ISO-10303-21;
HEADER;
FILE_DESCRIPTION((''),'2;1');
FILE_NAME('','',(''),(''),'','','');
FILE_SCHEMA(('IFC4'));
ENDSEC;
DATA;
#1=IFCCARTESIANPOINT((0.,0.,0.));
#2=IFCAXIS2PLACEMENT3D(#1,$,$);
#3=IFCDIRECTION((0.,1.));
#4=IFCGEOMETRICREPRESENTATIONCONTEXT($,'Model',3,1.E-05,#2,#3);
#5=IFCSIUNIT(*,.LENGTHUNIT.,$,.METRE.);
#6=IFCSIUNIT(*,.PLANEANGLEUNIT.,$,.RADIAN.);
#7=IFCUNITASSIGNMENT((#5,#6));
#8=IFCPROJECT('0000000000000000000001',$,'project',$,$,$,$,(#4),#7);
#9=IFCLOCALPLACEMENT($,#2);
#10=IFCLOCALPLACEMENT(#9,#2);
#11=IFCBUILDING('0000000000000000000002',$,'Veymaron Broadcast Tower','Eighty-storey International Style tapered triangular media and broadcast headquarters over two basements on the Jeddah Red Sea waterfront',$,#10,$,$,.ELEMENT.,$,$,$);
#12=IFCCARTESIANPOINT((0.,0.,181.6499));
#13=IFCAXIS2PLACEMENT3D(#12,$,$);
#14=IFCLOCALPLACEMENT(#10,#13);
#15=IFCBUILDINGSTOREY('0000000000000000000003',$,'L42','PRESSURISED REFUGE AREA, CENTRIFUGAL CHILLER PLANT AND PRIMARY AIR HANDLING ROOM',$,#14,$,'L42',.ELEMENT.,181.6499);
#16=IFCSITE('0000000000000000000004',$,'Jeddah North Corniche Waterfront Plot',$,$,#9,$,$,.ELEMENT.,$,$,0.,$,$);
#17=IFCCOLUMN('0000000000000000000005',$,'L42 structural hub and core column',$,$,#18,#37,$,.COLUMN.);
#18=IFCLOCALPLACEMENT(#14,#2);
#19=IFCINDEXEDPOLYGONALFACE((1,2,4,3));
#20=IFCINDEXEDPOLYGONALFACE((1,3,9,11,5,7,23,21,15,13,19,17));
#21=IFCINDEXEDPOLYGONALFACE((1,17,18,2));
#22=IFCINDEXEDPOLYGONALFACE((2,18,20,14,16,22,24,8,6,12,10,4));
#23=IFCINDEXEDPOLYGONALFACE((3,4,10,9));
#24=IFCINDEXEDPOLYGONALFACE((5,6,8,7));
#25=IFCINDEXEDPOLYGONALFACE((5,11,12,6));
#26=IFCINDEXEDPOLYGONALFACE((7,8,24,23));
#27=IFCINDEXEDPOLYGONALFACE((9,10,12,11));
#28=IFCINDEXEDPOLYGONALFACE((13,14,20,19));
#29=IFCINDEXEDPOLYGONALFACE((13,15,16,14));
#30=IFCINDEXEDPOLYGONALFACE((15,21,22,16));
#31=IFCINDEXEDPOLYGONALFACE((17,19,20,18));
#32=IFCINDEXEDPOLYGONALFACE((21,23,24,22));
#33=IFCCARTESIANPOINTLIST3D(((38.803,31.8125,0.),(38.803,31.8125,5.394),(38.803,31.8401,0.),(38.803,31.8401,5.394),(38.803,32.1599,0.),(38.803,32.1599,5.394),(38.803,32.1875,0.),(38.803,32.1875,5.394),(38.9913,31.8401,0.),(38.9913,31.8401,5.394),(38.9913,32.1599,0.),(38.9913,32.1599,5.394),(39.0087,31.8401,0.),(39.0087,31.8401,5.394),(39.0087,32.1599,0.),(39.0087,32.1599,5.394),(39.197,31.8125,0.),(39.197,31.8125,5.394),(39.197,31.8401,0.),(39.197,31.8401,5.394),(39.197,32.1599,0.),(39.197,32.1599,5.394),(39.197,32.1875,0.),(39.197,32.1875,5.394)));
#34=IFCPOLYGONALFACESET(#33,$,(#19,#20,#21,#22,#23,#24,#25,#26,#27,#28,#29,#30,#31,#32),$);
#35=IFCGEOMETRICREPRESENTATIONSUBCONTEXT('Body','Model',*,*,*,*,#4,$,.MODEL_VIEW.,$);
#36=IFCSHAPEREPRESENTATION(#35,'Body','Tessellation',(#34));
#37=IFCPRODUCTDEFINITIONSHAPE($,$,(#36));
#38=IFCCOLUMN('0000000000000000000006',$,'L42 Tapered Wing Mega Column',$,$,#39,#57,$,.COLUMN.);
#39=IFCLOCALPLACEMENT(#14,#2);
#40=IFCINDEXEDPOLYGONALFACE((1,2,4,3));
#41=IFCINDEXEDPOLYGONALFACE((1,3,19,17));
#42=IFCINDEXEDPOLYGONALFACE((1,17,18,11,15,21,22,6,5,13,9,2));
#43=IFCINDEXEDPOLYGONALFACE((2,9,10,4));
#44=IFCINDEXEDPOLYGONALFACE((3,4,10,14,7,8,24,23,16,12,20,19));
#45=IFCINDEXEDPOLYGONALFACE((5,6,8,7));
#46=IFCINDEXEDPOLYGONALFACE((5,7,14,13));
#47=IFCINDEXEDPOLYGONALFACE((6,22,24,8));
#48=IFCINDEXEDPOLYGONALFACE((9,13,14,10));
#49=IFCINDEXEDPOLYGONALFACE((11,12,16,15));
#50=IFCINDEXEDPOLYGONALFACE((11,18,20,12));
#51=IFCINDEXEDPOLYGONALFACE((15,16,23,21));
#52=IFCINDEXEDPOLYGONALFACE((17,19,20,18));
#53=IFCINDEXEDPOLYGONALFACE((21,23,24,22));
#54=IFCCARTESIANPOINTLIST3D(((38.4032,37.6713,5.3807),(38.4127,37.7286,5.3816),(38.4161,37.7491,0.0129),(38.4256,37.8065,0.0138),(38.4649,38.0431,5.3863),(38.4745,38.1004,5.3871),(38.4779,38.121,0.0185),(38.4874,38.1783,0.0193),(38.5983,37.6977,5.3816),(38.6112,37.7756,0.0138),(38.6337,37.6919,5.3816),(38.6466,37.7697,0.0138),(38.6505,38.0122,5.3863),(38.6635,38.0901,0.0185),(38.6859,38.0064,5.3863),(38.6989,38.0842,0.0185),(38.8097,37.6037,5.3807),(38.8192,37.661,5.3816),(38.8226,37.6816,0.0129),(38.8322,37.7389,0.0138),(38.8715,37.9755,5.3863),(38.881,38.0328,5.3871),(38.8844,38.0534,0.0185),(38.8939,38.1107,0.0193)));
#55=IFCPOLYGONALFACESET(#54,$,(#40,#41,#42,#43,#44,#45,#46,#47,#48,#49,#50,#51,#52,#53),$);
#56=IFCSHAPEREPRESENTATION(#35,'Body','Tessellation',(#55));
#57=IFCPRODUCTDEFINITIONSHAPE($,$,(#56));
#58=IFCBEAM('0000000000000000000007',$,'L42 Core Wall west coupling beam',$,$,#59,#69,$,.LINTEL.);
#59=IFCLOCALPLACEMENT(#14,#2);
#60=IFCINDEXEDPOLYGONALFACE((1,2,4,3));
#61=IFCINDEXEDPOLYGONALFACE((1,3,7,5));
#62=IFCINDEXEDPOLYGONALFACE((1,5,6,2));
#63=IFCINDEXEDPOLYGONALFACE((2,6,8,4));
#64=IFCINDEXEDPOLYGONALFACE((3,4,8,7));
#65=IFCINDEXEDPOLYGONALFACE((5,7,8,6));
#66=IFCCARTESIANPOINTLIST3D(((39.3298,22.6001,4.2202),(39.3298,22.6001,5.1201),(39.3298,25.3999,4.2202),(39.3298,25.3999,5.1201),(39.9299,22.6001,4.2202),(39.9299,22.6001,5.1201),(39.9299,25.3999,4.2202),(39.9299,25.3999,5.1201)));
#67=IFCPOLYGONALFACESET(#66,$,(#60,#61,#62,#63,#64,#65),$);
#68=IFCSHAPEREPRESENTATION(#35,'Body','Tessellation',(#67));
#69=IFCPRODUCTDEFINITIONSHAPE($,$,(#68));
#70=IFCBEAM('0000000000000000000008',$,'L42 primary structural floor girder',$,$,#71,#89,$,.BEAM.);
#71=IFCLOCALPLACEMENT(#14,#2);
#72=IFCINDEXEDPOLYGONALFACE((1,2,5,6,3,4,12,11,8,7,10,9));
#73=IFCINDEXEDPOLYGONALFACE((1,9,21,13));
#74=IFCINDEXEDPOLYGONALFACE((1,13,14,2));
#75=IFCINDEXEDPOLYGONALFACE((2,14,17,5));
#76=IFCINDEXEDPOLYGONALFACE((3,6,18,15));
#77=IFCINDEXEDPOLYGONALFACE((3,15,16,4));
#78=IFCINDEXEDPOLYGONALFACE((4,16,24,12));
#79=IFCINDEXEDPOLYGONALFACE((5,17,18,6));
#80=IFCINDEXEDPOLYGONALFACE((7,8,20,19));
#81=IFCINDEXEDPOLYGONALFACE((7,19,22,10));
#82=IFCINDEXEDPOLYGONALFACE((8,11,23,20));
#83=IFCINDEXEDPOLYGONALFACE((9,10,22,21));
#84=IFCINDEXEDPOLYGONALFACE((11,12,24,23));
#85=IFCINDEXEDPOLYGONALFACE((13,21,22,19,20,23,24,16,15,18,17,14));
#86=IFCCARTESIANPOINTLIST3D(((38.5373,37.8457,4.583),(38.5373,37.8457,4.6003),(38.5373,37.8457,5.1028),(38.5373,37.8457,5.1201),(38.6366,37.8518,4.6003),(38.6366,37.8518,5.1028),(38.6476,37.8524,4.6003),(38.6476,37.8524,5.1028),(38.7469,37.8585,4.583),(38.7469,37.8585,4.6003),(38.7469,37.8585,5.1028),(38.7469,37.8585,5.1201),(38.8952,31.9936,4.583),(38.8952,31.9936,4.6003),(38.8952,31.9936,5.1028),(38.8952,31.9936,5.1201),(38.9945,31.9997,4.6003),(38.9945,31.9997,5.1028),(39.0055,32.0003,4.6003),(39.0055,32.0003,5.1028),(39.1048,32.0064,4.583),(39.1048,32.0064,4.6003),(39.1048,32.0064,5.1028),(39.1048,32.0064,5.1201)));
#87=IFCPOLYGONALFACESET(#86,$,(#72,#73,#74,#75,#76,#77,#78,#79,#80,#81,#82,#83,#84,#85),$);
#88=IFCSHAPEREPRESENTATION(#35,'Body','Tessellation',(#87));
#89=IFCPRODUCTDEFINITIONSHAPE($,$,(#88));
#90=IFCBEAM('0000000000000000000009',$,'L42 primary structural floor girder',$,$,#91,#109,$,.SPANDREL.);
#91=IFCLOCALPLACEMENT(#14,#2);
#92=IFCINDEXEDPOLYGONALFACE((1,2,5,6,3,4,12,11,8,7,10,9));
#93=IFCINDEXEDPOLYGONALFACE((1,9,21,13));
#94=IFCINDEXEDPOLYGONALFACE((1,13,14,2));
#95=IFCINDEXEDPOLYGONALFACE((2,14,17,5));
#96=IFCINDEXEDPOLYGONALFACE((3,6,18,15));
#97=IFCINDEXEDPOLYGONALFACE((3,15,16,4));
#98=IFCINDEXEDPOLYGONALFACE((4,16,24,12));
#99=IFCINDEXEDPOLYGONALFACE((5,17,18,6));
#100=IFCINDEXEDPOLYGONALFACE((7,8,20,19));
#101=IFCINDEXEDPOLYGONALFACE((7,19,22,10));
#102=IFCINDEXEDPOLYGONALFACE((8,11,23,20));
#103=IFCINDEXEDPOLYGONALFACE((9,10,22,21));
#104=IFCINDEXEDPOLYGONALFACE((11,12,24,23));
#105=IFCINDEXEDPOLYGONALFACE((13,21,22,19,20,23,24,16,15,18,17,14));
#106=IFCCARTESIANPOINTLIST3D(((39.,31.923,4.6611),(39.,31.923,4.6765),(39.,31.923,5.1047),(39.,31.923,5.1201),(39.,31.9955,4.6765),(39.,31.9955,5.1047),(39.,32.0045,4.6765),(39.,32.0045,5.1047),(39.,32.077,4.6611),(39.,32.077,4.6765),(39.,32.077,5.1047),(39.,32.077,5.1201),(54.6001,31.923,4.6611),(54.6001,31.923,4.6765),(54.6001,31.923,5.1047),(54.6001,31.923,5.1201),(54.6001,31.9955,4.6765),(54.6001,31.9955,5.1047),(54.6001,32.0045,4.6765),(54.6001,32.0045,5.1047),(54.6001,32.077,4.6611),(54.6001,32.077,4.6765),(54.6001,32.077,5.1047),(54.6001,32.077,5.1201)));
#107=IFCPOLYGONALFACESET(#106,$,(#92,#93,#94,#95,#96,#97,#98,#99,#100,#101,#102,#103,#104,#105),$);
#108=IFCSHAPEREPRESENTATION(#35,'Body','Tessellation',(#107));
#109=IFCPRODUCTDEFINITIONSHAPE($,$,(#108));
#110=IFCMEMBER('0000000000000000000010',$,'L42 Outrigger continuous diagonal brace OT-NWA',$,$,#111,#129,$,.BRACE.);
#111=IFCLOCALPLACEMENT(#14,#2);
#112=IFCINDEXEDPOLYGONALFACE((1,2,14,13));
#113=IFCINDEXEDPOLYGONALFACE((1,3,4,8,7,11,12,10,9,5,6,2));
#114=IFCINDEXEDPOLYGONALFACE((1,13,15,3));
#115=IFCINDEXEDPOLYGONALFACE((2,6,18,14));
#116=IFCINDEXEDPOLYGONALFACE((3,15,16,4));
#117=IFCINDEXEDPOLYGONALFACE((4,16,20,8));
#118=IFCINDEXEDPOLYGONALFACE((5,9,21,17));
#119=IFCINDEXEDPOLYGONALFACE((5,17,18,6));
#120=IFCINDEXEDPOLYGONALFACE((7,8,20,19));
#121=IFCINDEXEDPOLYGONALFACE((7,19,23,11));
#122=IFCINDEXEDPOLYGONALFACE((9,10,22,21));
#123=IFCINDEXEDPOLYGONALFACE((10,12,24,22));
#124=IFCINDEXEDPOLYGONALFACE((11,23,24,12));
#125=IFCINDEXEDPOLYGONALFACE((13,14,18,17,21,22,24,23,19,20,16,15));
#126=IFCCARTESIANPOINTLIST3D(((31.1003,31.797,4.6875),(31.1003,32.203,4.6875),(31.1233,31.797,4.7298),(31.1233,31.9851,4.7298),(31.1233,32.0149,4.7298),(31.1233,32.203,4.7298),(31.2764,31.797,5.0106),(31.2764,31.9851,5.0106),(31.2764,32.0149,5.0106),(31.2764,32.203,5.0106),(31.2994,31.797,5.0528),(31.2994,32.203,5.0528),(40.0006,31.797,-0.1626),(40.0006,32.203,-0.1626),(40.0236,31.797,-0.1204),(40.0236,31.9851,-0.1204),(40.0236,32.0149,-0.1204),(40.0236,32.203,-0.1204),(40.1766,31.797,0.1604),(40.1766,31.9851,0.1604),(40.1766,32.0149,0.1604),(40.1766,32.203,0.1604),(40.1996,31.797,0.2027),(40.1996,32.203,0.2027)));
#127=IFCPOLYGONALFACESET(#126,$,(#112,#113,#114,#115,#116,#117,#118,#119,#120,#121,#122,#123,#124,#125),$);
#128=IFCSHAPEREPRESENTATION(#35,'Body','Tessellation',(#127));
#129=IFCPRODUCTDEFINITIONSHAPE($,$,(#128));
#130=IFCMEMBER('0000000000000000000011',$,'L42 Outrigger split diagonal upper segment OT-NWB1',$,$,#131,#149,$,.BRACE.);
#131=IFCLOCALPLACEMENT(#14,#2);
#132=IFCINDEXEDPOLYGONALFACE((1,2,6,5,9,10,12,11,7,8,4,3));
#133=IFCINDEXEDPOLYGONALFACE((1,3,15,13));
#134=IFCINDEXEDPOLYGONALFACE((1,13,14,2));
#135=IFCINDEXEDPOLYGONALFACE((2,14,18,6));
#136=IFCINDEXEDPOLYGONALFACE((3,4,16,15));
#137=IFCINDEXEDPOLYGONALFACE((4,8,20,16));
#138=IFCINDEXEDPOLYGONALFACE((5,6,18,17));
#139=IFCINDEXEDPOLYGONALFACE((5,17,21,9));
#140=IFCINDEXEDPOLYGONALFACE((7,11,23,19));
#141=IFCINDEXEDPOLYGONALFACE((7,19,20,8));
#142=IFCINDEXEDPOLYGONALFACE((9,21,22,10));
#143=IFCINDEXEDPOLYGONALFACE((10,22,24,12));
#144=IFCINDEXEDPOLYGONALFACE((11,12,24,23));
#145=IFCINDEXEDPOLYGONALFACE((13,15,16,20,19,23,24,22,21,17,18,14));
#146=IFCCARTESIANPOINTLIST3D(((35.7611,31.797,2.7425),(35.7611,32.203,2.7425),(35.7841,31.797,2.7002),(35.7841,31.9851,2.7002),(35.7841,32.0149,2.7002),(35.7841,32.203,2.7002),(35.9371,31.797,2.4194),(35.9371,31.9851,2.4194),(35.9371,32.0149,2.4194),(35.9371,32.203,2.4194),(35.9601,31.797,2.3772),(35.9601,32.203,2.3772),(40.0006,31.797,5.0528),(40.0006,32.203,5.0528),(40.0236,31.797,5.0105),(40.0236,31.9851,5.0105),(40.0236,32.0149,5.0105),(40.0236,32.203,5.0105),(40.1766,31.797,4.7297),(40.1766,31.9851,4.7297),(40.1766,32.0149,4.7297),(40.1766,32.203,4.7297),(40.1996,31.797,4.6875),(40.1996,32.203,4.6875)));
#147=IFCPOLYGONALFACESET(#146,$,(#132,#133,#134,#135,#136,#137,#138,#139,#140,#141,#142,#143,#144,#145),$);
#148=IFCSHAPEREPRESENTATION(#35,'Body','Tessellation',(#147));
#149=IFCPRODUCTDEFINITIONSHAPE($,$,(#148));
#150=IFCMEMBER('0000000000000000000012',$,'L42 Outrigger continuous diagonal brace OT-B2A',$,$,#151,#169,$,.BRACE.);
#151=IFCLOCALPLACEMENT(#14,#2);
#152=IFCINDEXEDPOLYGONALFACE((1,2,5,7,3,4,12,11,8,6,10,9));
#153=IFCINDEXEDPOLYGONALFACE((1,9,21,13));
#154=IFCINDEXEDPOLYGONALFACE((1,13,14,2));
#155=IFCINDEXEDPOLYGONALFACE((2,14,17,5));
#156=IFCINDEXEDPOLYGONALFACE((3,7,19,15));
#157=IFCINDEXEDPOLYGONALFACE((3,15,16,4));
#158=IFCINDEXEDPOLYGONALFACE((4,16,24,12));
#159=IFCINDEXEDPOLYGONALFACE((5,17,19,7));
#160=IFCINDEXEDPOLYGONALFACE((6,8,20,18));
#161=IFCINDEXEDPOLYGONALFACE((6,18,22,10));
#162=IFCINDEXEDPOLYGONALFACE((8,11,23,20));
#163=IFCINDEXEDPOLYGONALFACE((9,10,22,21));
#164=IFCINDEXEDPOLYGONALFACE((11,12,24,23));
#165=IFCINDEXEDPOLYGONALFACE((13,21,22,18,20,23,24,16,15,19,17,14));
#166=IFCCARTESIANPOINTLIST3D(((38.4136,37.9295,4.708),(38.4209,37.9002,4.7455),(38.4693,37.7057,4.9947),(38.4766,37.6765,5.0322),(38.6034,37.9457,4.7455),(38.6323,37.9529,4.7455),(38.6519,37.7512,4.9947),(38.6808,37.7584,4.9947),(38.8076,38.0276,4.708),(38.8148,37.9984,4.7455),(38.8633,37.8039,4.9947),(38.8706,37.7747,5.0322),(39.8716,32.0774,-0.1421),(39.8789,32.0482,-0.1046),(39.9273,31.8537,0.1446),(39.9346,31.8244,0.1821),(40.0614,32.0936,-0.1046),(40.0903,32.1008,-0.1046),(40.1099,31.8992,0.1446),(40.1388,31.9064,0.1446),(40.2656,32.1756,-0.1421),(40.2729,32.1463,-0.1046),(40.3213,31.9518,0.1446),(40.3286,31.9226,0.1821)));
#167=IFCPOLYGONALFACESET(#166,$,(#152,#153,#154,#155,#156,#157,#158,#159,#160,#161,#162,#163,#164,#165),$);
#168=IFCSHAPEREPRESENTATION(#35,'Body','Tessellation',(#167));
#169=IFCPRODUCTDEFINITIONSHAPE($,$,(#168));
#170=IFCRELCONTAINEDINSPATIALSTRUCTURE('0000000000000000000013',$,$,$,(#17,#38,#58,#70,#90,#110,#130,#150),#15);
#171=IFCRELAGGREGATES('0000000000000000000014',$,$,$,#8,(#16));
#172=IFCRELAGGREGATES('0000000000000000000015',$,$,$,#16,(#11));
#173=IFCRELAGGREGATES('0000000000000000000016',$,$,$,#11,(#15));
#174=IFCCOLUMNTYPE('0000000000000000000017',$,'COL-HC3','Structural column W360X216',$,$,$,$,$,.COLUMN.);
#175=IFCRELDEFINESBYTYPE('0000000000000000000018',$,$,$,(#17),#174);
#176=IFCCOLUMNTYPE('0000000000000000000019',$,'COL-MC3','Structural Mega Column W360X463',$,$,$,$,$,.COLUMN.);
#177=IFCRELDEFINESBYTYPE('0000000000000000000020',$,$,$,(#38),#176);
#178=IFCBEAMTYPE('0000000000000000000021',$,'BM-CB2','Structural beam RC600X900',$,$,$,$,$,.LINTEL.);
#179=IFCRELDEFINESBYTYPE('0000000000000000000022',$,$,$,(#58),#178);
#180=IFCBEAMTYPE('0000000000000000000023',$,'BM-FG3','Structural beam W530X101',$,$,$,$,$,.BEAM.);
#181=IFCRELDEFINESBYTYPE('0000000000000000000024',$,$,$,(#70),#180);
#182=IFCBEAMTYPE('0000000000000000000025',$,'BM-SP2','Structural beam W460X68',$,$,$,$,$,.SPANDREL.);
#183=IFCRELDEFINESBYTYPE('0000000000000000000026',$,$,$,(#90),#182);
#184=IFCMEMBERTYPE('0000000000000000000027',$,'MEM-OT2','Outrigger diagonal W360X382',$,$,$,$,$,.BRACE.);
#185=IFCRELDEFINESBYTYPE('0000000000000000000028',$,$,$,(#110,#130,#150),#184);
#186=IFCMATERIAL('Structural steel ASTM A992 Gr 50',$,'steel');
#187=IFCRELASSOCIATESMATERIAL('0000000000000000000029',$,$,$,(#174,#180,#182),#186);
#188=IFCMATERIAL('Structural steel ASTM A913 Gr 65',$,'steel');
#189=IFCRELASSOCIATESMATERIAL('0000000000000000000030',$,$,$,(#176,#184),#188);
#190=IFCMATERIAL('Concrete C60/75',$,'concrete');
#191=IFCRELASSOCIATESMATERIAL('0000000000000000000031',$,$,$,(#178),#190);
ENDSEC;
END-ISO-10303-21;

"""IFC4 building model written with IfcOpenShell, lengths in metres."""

from ifc_helpers import new_model, si_unit, direction, frame, origin, origin_2d, place, context, subcontext, project, spatial, rectangle, i_section, extrude, material, material_profile, profile_set, type_object, element, save


model = new_model("IFC4")

# Units and contexts
model_context = context("Model", 3, precision=1e-05, world=origin(), true_north=direction((0.0, 1.0)))
body_context = subcontext(model_context, "Body", "Model", "MODEL_VIEW")
ifc_project = project(units=[si_unit("LENGTHUNIT", "METRE"), si_unit("PLANEANGLEUNIT", "RADIAN")], contexts=[model_context])

# Site, building, storey
site_placement = place(None, origin())
site = spatial("IfcSite", under=ifc_project, at=site_placement, Name="Jeddah North Corniche Waterfront Plot", CompositionType="ELEMENT", RefElevation=0.0)
building_placement = place(site_placement, origin())
building = spatial("IfcBuilding", under=site, at=building_placement, Name="Veymaron Broadcast Tower", Description="Eighty-storey International Style tapered triangular media and broadcast headquarters over two basements on the Jeddah Red Sea waterfront", CompositionType="ELEMENT")
storey_placement = place(building_placement, frame((0.0, 0.0, 181.6499)))
storey = spatial("IfcBuildingStorey", under=building, at=storey_placement, Name="L42", Description="PRESSURISED REFUGE AREA, CENTRIFUGAL CHILLER PLANT AND PRIMARY AIR HANDLING ROOM", LongName="L42", CompositionType="ELEMENT", Elevation=181.6499)

# Columns
ifc_material_1 = material(Name="Structural steel ASTM A992 Gr 50", Category="steel")
ifc_material_profile_1 = material_profile(ifc_material_1, i_section(OverallWidth=0.394, OverallDepth=0.375, WebThickness=0.0173, FlangeThickness=0.0276, at=origin_2d()), Name="W360X216")
ifc_profile_set_1 = profile_set([ifc_material_profile_1], Name="Structural steel ASTM A992 Gr 50")
column_type_1 = type_object("IfcColumnType", Name="COL-HC3", Description="Structural column W360X216", PredefinedType="COLUMN", material=ifc_profile_set_1)
column_1_placement = place(storey_placement, frame((39.0, 32.0, 0.0), z_axis=(0.0, 0.0, 1.0), x_axis=(1.0, 0.0, 0.0)))
element("IfcColumn", 1, at=column_1_placement, inside=storey, type_object=column_type_1, Name="L42 structural hub and core column", PredefinedType="COLUMN", context=body_context, shape_type="SweptSolid", body=[
    extrude(i_section(OverallWidth=0.394, OverallDepth=0.375, WebThickness=0.0173, FlangeThickness=0.0276, at=origin_2d()), origin(), (0.0, 0.0, 1.0), 5.394),
])
ifc_material_2 = material(Name="Structural steel ASTM A913 Gr 65", Category="steel")
ifc_material_profile_2 = material_profile(ifc_material_2, i_section(OverallWidth=0.4121, OverallDepth=0.4351, WebThickness=0.0359, FlangeThickness=0.0581, at=origin_2d()), Name="W360X463")
ifc_profile_set_2 = profile_set([ifc_material_profile_2], Name="Structural steel ASTM A913 Gr 65")
column_type_2 = type_object("IfcColumnType", Name="COL-MC3", Description="Structural Mega Column W360X463", PredefinedType="COLUMN", material=ifc_profile_set_2)
column_2_placement = place(storey_placement, frame((38.655, 37.9299, 0.0161), z_axis=(-0.00241, -0.014507, 0.999892), x_axis=(0.986477, -0.163897, 0.0)))
element("IfcColumn", 2, at=column_2_placement, inside=storey, type_object=column_type_2, Name="L42 Tapered Wing Mega Column", PredefinedType="COLUMN", context=body_context, shape_type="SweptSolid", body=[
    extrude(i_section(OverallWidth=0.4121, OverallDepth=0.4351, WebThickness=0.0359, FlangeThickness=0.0581, at=origin_2d()), origin(), (0.0, 0.0, 1.0), 5.3684),
])

# Beams
ifc_material_3 = material(Name="Concrete C60/75", Category="concrete")
ifc_material_profile_3 = material_profile(ifc_material_3, rectangle(XDim=0.6001, YDim=0.8999, at=origin_2d()), Name="RC600X900")
ifc_profile_set_3 = profile_set([ifc_material_profile_3], Name="Concrete C60/75")
beam_type_1 = type_object("IfcBeamType", Name="BM-CB2", Description="Structural beam RC600X900", PredefinedType="LINTEL", material=ifc_profile_set_3)
beam_1_placement = place(storey_placement, frame((39.6299, 22.6001, 4.6702), z_axis=(0.0, 1.0, 0.0), x_axis=(-1.0, 0.0, 0.0)))
element("IfcBeam", 3, at=beam_1_placement, inside=storey, type_object=beam_type_1, Name="L42 Core Wall west coupling beam", PredefinedType="LINTEL", context=body_context, shape_type="SweptSolid", body=[
    extrude(rectangle(XDim=0.6001, YDim=0.8999, at=origin_2d()), origin(), (0.0, 0.0, 1.0), 2.7998),
])
ifc_material_profile_4 = material_profile(ifc_material_1, i_section(OverallWidth=0.21, OverallDepth=0.5371, WebThickness=0.011, FlangeThickness=0.0173, at=origin_2d()), Name="W530X101")
ifc_profile_set_4 = profile_set([ifc_material_profile_4], Name="Structural steel ASTM A992 Gr 50")
beam_type_2 = type_object("IfcBeamType", Name="BM-FG3", Description="Structural beam W530X101", PredefinedType="BEAM", material=ifc_profile_set_4)
beam_2_placement = place(storey_placement, frame((39.0, 32.0, 4.8516), z_axis=(-0.061046, 0.998135, 0.0), x_axis=(-0.998135, -0.061046, 0.0)))
element("IfcBeam", 4, at=beam_2_placement, inside=storey, type_object=beam_type_2, Name="L42 primary structural floor girder", PredefinedType="BEAM", context=body_context, shape_type="SweptSolid", body=[
    extrude(i_section(OverallWidth=0.21, OverallDepth=0.5371, WebThickness=0.011, FlangeThickness=0.0173, at=origin_2d()), origin(), (0.0, 0.0, 1.0), 5.863),
])
ifc_material_profile_5 = material_profile(ifc_material_1, i_section(OverallWidth=0.1541, OverallDepth=0.459, WebThickness=0.009, FlangeThickness=0.0154, at=origin_2d()), Name="W460X68")
ifc_profile_set_5 = profile_set([ifc_material_profile_5], Name="Structural steel ASTM A992 Gr 50")
beam_type_3 = type_object("IfcBeamType", Name="BM-SP2", Description="Structural beam W460X68", PredefinedType="SPANDREL", material=ifc_profile_set_5)
beam_3_placement = place(storey_placement, frame((39.0, 32.0, 4.8906), z_axis=(1.0, 0.0, 0.0), x_axis=(0.0, 1.0, 0.0)))
element("IfcBeam", 5, at=beam_3_placement, inside=storey, type_object=beam_type_3, Name="L42 primary structural floor girder", PredefinedType="SPANDREL", context=body_context, shape_type="SweptSolid", body=[
    extrude(i_section(OverallWidth=0.1541, OverallDepth=0.459, WebThickness=0.009, FlangeThickness=0.0154, at=origin_2d()), origin(), (0.0, 0.0, 1.0), 15.6001),
])

# Members
ifc_material_profile_6 = material_profile(ifc_material_2, i_section(OverallWidth=0.406, OverallDepth=0.416, WebThickness=0.0298, FlangeThickness=0.0481, at=origin_2d()), Name="W360X382")
ifc_profile_set_6 = profile_set([ifc_material_profile_6], Name="Structural steel ASTM A913 Gr 65")
member_type = type_object("IfcMemberType", Name="MEM-OT2", Description="Outrigger diagonal W360X382", PredefinedType="BRACE", material=ifc_profile_set_6)
member_1_placement = place(storey_placement, frame((40.1001, 32.0, 0.02), z_axis=(-0.878083, 0.0, 0.478508), x_axis=(0.0, -1.0, 0.0)))
element("IfcMember", 6, at=member_1_placement, inside=storey, type_object=member_type, Name="L42 Outrigger continuous diagonal brace OT-NWA", PredefinedType="BRACE", context=body_context, shape_type="SweptSolid", body=[
    extrude(i_section(OverallWidth=0.406, OverallDepth=0.416, WebThickness=0.0298, FlangeThickness=0.0481, at=origin_2d()), origin(), (0.0, 0.0, 1.0), 10.136),
])
member_2_placement = place(storey_placement, frame((40.1001, 32.0, 4.8701), z_axis=(-0.878083, 0.0, -0.478508), x_axis=(0.0, -1.0, 0.0)))
element("IfcMember", 7, at=member_2_placement, inside=storey, type_object=member_type, Name="L42 Outrigger split diagonal upper segment OT-NWB1", PredefinedType="BRACE", context=body_context, shape_type="SweptSolid", body=[
    extrude(i_section(OverallWidth=0.406, OverallDepth=0.416, WebThickness=0.0298, FlangeThickness=0.0481, at=origin_2d()), origin(), (0.0, 0.0, 1.0), 4.8281),
])
member_3_placement = place(storey_placement, frame((40.1001, 32.0, 0.02), z_axis=(-0.188392, 0.756154, 0.62669), x_axis=(-0.970337, -0.241754, 0.0)))
element("IfcMember", 8, at=member_3_placement, inside=storey, type_object=member_type, Name="L42 Outrigger continuous diagonal brace OT-B2A", PredefinedType="BRACE", context=body_context, shape_type="SweptSolid", body=[
    extrude(i_section(OverallWidth=0.406, OverallDepth=0.416, WebThickness=0.0298, FlangeThickness=0.0481, at=origin_2d()), origin(), (0.0, 0.0, 1.0), 7.7393),
])

save(model, "model.ifc")
